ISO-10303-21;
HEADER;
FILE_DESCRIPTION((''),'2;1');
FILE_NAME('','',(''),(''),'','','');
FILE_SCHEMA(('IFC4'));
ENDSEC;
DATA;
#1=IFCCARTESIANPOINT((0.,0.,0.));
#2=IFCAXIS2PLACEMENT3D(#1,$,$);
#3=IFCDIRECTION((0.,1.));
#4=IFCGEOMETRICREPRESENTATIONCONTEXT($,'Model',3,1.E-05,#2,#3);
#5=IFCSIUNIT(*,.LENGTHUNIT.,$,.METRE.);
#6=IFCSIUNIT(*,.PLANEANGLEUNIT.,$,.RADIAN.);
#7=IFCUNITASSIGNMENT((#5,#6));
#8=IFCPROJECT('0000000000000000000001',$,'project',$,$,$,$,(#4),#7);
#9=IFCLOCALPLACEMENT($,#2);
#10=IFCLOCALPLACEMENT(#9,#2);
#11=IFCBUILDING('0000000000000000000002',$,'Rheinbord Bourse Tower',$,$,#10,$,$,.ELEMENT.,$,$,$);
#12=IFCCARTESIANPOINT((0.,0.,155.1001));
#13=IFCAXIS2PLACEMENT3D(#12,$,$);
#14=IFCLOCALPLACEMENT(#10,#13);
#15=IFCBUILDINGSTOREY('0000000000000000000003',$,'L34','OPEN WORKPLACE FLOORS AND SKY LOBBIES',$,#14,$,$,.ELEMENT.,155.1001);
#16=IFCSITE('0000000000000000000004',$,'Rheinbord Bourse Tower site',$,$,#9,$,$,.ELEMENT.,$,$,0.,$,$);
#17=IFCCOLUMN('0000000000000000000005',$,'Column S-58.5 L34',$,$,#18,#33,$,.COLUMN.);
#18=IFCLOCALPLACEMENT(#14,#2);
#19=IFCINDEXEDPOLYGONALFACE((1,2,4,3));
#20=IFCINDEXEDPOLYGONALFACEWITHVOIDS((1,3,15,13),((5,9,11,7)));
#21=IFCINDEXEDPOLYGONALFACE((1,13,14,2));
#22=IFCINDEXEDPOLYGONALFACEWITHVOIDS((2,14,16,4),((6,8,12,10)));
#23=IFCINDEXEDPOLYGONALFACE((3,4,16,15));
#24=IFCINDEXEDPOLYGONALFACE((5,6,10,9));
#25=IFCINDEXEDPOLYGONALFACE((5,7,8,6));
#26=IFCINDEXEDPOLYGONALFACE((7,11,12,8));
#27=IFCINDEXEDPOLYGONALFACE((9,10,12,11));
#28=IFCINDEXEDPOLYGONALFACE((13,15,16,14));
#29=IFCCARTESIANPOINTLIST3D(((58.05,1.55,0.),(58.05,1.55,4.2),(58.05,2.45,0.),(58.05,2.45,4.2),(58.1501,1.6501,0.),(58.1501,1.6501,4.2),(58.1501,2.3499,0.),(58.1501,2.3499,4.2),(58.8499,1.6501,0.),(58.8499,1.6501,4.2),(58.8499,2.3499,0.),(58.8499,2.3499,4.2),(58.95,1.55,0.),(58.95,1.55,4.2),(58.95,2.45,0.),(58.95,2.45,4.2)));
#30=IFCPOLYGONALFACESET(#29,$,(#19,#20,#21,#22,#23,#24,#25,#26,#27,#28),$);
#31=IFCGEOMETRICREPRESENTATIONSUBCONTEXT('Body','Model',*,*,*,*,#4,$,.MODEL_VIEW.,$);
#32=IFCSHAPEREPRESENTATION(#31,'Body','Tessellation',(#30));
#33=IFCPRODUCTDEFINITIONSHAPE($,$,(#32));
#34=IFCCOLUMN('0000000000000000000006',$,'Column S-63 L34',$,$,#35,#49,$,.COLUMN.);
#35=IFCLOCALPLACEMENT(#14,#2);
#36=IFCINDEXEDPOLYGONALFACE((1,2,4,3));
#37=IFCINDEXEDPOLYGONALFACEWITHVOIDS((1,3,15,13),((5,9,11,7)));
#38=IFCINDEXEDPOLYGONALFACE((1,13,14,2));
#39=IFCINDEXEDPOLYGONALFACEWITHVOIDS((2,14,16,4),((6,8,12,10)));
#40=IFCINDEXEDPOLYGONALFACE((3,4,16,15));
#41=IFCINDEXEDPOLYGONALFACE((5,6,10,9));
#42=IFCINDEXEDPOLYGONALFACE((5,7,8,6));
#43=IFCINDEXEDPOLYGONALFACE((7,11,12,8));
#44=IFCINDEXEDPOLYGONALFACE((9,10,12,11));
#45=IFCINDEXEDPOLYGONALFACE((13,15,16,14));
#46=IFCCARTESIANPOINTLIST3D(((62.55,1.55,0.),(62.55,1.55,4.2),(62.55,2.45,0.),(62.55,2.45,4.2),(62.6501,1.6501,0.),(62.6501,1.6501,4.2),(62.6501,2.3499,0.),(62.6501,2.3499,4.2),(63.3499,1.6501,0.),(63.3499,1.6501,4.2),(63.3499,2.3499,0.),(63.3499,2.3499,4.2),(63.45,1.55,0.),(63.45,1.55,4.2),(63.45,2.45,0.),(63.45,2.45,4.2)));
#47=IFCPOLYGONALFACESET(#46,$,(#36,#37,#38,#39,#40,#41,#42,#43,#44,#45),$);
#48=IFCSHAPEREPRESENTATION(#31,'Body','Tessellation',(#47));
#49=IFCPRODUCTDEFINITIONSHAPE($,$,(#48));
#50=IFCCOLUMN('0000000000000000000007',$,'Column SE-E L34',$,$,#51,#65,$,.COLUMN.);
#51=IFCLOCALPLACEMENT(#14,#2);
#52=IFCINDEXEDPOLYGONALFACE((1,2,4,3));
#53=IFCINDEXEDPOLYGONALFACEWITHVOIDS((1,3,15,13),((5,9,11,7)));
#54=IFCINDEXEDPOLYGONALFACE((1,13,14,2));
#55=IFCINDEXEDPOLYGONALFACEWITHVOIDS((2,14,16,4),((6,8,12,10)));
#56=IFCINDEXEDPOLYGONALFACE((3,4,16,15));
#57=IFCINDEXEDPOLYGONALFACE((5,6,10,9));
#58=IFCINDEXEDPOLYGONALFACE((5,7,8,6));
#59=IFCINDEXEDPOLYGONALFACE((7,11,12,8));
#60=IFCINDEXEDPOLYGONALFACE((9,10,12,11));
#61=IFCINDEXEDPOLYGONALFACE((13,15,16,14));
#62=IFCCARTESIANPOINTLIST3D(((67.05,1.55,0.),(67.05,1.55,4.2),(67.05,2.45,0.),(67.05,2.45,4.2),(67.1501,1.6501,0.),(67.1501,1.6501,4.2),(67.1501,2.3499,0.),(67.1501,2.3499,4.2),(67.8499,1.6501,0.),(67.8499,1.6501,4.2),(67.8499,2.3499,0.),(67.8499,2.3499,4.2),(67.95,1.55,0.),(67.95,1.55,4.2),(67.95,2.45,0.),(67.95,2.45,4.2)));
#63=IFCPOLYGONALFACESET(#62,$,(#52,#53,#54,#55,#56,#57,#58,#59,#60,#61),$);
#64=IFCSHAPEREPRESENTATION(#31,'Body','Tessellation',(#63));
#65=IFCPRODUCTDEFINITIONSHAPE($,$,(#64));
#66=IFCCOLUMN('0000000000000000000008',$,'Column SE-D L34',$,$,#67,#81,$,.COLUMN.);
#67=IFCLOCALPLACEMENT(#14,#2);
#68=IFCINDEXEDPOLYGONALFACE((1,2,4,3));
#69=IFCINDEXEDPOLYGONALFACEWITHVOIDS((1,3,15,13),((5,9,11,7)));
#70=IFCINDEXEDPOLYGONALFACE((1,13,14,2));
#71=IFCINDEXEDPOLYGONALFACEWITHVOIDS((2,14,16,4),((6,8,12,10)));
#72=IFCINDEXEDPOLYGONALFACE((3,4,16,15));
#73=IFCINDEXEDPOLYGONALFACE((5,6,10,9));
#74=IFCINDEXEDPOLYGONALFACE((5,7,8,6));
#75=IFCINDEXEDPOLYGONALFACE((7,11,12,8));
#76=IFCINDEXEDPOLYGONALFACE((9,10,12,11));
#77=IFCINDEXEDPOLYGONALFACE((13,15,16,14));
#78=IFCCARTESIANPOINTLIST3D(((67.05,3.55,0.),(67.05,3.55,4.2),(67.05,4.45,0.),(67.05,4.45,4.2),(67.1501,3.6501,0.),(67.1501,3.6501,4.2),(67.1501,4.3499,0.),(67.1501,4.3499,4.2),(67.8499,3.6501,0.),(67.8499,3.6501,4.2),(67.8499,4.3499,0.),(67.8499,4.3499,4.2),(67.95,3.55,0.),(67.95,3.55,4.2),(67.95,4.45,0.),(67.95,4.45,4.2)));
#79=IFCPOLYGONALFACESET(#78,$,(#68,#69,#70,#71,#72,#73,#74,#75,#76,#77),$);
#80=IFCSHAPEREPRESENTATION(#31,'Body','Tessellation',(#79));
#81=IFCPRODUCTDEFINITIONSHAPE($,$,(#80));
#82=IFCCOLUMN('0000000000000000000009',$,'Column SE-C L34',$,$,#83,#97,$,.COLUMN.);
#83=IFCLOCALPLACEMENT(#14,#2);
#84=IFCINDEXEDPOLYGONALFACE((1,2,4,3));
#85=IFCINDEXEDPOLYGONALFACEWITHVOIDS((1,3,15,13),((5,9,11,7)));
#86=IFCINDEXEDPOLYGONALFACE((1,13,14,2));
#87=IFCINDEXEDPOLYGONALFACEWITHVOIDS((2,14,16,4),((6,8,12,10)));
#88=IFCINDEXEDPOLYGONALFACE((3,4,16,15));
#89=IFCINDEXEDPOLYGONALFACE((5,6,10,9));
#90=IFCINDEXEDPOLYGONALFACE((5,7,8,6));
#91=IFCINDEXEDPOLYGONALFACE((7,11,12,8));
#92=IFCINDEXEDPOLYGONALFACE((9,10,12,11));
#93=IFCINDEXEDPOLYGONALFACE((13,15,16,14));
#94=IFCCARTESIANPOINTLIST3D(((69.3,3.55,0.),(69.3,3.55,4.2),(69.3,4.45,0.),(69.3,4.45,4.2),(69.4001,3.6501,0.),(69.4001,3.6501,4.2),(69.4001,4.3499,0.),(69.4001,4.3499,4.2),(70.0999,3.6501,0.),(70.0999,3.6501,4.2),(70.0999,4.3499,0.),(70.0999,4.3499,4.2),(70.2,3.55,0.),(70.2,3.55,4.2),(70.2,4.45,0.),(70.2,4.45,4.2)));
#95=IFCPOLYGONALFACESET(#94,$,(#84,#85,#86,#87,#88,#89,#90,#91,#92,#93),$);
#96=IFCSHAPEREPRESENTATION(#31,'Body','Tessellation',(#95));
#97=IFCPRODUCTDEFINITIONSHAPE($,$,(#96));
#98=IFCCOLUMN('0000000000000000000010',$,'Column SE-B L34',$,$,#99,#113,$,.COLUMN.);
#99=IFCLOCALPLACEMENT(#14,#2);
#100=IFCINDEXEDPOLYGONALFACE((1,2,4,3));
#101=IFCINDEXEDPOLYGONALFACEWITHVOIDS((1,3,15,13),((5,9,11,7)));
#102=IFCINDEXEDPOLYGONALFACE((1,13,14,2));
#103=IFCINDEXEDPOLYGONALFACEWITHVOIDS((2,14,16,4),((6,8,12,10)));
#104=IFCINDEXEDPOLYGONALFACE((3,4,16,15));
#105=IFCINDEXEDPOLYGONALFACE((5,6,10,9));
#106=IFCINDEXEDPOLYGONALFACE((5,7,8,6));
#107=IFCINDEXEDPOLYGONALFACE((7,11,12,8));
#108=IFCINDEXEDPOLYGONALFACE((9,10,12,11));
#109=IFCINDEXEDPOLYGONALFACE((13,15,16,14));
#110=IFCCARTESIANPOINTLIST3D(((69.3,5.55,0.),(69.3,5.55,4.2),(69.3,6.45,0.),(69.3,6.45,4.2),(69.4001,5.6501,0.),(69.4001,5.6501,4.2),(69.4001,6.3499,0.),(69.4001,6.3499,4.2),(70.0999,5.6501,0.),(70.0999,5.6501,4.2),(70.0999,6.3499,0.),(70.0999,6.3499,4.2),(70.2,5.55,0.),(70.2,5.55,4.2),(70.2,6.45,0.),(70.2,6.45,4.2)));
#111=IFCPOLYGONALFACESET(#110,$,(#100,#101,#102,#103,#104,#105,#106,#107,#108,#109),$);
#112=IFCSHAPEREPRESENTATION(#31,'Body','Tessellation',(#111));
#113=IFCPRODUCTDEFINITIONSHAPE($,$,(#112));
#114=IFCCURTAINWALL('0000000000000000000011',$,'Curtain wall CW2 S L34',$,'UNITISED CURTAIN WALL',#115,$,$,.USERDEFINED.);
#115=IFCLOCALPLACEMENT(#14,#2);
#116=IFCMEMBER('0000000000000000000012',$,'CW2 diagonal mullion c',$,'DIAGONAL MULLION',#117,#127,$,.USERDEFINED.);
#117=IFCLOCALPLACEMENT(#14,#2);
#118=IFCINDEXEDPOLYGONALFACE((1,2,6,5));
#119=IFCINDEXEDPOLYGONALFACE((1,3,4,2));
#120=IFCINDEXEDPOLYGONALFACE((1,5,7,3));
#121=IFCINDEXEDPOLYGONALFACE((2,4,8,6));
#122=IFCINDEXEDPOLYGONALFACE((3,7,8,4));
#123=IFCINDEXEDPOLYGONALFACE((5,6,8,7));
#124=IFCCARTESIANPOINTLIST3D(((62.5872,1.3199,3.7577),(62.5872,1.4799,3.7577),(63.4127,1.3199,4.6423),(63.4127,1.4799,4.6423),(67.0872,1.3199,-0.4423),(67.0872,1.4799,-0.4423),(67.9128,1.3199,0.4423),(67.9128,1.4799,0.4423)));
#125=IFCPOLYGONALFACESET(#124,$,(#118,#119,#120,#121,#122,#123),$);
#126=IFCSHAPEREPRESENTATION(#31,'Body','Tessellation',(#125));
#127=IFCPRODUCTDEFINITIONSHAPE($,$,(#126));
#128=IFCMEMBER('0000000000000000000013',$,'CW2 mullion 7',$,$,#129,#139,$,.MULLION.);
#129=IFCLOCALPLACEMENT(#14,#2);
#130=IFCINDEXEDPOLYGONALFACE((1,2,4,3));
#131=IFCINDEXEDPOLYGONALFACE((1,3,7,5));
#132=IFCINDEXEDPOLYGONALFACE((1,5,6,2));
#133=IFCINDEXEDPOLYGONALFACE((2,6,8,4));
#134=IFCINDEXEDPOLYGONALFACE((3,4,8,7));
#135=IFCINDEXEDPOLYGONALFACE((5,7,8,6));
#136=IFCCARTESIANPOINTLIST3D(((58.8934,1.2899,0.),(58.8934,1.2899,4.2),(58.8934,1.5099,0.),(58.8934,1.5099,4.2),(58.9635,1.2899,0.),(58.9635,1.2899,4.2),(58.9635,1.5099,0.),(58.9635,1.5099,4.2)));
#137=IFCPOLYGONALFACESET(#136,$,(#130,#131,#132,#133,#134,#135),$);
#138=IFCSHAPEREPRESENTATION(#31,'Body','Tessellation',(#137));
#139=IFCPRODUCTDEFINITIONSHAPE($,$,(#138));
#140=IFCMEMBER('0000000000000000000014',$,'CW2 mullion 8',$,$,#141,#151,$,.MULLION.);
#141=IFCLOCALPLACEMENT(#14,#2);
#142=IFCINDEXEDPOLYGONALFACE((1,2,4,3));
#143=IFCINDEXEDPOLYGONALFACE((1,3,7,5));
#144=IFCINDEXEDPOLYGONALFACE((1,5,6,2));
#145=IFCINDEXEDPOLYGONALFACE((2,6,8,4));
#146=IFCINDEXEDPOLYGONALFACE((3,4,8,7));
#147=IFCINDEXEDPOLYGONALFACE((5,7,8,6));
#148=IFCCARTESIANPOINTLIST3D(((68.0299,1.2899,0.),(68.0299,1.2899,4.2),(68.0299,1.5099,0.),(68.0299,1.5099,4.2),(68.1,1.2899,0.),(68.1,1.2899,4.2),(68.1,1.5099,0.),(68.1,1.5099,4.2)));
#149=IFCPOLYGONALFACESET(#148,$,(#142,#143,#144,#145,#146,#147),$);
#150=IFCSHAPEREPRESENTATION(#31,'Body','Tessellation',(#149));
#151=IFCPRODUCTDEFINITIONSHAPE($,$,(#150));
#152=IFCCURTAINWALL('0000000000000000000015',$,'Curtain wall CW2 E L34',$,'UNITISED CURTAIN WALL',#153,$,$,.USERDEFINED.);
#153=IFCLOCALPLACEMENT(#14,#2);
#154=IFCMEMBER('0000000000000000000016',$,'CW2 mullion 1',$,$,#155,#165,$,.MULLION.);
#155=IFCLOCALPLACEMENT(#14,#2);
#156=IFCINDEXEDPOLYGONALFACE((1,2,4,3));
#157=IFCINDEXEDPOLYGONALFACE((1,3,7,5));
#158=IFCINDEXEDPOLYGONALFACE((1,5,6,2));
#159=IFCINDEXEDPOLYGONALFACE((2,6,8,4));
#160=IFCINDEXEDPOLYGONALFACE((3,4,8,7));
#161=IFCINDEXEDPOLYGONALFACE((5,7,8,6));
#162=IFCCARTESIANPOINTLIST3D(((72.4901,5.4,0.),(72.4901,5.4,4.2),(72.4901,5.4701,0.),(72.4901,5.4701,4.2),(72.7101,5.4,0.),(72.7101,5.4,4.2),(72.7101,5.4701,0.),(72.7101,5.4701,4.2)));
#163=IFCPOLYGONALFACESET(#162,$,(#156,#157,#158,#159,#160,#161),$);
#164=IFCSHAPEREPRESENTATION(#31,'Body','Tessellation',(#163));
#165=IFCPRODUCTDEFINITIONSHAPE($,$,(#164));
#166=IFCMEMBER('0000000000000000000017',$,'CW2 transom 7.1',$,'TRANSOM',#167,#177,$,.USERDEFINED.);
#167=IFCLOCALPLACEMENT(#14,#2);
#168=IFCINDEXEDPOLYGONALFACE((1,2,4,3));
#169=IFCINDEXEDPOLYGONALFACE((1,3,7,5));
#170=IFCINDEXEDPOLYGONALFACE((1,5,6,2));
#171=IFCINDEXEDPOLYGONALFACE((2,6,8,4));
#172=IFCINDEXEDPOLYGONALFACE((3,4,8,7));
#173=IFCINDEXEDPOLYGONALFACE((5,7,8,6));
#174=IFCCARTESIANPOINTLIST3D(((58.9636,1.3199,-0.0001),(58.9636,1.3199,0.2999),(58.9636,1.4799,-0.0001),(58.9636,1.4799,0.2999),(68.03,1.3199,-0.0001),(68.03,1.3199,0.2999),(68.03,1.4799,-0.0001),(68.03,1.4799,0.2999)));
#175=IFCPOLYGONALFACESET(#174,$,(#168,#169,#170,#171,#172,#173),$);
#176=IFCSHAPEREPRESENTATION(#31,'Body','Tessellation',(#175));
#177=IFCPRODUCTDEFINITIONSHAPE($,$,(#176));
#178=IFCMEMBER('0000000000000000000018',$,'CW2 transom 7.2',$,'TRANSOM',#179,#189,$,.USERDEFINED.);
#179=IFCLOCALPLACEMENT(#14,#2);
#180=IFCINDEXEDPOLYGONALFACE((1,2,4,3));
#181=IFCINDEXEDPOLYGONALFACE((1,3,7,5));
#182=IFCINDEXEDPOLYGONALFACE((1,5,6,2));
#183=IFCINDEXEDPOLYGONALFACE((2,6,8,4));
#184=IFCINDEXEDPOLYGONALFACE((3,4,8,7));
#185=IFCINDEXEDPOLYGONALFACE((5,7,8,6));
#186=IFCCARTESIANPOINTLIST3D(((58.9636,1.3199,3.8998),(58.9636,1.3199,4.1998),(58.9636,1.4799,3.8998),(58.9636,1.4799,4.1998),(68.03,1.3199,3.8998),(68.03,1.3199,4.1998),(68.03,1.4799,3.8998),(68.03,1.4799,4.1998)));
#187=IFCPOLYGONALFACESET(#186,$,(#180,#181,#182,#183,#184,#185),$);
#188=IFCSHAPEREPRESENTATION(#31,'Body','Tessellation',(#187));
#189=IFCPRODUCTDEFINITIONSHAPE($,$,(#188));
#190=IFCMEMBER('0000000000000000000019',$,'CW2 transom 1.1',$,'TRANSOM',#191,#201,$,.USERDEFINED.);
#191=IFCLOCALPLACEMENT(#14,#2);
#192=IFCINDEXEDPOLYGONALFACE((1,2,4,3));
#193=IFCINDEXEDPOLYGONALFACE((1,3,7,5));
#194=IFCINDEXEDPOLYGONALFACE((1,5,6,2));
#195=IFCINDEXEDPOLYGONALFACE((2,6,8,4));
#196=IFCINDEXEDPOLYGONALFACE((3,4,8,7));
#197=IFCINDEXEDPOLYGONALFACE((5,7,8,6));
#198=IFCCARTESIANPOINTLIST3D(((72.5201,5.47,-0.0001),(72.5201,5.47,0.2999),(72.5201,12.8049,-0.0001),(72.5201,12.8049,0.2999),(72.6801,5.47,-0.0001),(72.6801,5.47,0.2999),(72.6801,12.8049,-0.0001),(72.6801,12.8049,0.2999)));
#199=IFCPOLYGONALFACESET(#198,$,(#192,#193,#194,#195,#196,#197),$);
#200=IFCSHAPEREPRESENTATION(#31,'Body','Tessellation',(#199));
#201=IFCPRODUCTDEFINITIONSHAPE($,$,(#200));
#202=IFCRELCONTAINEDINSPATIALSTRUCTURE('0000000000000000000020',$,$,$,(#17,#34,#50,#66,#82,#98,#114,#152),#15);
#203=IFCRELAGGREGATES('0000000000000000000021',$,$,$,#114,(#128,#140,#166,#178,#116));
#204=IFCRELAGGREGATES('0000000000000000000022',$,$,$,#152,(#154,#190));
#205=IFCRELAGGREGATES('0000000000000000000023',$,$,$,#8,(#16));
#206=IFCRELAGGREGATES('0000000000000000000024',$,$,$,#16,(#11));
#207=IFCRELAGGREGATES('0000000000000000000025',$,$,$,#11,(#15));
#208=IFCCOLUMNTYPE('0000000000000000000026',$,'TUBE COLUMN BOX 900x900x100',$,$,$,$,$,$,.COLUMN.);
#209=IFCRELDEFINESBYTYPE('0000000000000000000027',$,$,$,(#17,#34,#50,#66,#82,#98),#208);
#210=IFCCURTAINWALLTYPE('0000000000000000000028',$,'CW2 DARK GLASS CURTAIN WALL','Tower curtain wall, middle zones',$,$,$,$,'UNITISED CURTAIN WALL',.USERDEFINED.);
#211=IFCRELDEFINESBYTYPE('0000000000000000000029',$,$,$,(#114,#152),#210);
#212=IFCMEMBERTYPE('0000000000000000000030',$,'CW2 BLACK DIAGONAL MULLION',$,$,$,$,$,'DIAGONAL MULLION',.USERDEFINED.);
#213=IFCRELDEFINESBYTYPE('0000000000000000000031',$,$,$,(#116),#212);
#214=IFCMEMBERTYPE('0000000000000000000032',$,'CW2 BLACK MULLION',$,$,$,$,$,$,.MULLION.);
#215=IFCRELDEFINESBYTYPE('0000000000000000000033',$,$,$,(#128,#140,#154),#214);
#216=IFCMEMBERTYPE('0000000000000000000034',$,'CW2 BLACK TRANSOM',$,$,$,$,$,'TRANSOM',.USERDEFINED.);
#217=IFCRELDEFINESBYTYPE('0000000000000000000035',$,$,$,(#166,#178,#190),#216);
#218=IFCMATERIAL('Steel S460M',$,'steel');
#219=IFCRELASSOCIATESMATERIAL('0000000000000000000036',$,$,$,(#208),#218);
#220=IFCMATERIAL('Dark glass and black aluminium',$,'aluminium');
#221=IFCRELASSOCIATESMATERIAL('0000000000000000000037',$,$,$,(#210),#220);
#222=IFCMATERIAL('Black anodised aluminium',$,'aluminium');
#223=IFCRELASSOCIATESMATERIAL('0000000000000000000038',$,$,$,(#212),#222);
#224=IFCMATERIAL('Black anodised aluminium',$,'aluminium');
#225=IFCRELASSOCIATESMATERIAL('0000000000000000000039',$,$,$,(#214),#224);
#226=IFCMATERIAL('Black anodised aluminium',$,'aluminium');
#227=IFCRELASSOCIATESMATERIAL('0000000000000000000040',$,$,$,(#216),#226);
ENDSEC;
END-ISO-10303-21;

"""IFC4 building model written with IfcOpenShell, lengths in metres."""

from ifc_helpers import new_model, si_unit, direction, frame, origin, origin_2d, place, context, subcontext, project, spatial, rectangle, hollow_rectangle, extrude, material, material_profile, profile_set, type_object, element, aggregate, save


model = new_model("IFC4")

# Units and contexts
model_context = context("Model", 3, precision=1e-05, world=origin(), true_north=direction((0.0, 1.0)))
body_context = subcontext(model_context, "Body", "Model", "MODEL_VIEW")
ifc_project = project(units=[si_unit("LENGTHUNIT", "METRE"), si_unit("PLANEANGLEUNIT", "RADIAN")], contexts=[model_context])

# Site, building, storey
site_placement = place(None, origin())
site = spatial("IfcSite", under=ifc_project, at=site_placement, Name="Rheinbord Bourse Tower site", CompositionType="ELEMENT", RefElevation=0.0)
building_placement = place(site_placement, origin())
building = spatial("IfcBuilding", under=site, at=building_placement, Name="Rheinbord Bourse Tower", CompositionType="ELEMENT")
storey_placement = place(building_placement, frame((0.0, 0.0, 155.1001)))
storey = spatial("IfcBuildingStorey", under=building, at=storey_placement, Name="L34", Description="OPEN WORKPLACE FLOORS AND SKY LOBBIES", CompositionType="ELEMENT", Elevation=155.1001)

# Columns
ifc_material_1 = material(Name="Steel S460M", Category="steel")
ifc_material_profile_1 = material_profile(ifc_material_1, hollow_rectangle(XDim=0.8999, YDim=0.8999, WallThickness=0.1001, at=origin_2d()), Name="BOX 900x900x100")
ifc_profile_set_1 = profile_set([ifc_material_profile_1], Name="Steel S460M")
column_type = type_object("IfcColumnType", Name="TUBE COLUMN BOX 900x900x100", PredefinedType="COLUMN", material=ifc_profile_set_1)
for number, where, z_axis, x_axis, name in (
    (1, (58.5, 2.0, 0.0), (0.0, 0.0, 1.0), (0.0, 1.0, 0.0), "Column S-58.5 L34"),
    (2, (63.0, 2.0, 0.0), (0.0, 0.0, 1.0), (0.0, 1.0, 0.0), "Column S-63 L34"),
    (3, (67.5, 2.0, 0.0), (0.0, 0.0, 1.0), (0.0, 1.0, 0.0), "Column SE-E L34"),
    (4, (67.5, 4.0, 0.0), (0.0, 0.0, 1.0), (0.0, 1.0, 0.0), "Column SE-D L34"),
    (5, (69.75, 4.0, 0.0), (0.0, 0.0, 1.0), (1.0, 0.0, 0.0), "Column SE-C L34"),
    (6, (69.75, 6.0, 0.0), (0.0, 0.0, 1.0), (1.0, 0.0, 0.0), "Column SE-B L34"),
):
    element("IfcColumn", number, at=place(storey_placement, frame(where, z_axis=z_axis, x_axis=x_axis)), inside=storey, type_object=column_type, Name=name, PredefinedType="COLUMN", context=body_context, shape_type="SweptSolid", body=[
        extrude(hollow_rectangle(XDim=0.8999, YDim=0.8999, WallThickness=0.1001, at=origin_2d()), origin(), (0.0, 0.0, 1.0), 4.2),
    ])

# Curtain wall, members
ifc_material_2 = material(Name="Dark glass and black aluminium", Category="aluminium")
curtain_wall_type = type_object("IfcCurtainWallType", Name="CW2 DARK GLASS CURTAIN WALL", Description="Tower curtain wall, middle zones", ElementType="UNITISED CURTAIN WALL", PredefinedType="USERDEFINED", material=ifc_material_2)
curtain_wall_1_placement = place(storey_placement, origin())
curtain_wall_1 = element("IfcCurtainWall", 7, at=curtain_wall_1_placement, inside=storey, type_object=curtain_wall_type, Name="Curtain wall CW2 S L34", ObjectType="UNITISED CURTAIN WALL", PredefinedType="USERDEFINED")
ifc_material_3 = material(Name="Black anodised aluminium", Category="aluminium")
ifc_material_profile_2 = material_profile(ifc_material_3, rectangle(XDim=0.1599, YDim=1.21, at=origin_2d()), Name="CW2 DIAGONAL MULLION 1210x160")
ifc_profile_set_2 = profile_set([ifc_material_profile_2], Name="Black anodised aluminium")
member_type_1 = type_object("IfcMemberType", Name="CW2 BLACK DIAGONAL MULLION", ElementType="DIAGONAL MULLION", PredefinedType="USERDEFINED", material=ifc_profile_set_2)
member_1_placement = place(storey_placement, frame((67.5, 1.3999, 0.0), z_axis=(-0.731059, 0.0, 0.682314), x_axis=(0.0, -1.0, 0.0)))
member_1 = element("IfcMember", 8, at=member_1_placement, type_object=member_type_1, Name="CW2 diagonal mullion c", ObjectType="DIAGONAL MULLION", PredefinedType="USERDEFINED", context=body_context, shape_type="SweptSolid", body=[
    extrude(rectangle(XDim=0.1599, YDim=1.21, at=origin_2d()), origin(), (0.0, 0.0, 1.0), 6.1555),
])
ifc_material_4 = material(Name="Black anodised aluminium", Category="aluminium")
ifc_material_profile_3 = material_profile(ifc_material_4, rectangle(XDim=0.22, YDim=0.0701, at=origin_2d()), Name="CW2 MULLION 70x220")
ifc_profile_set_3 = profile_set([ifc_material_profile_3], Name="Black anodised aluminium")
member_type_2 = type_object("IfcMemberType", Name="CW2 BLACK MULLION", PredefinedType="MULLION", material=ifc_profile_set_3)
member_2_placement = place(storey_placement, frame((58.9285, 1.3999, 0.0), z_axis=(0.0, 0.0, 1.0), x_axis=(0.0, 1.0, 0.0)))
member_2 = element("IfcMember", 9, at=member_2_placement, type_object=member_type_2, Name="CW2 mullion 7", PredefinedType="MULLION", context=body_context, shape_type="SweptSolid", body=[
    extrude(rectangle(XDim=0.22, YDim=0.0701, at=origin_2d()), origin(), (0.0, 0.0, 1.0), 4.2),
])
member_3_placement = place(storey_placement, frame((68.0649, 1.3999, 0.0), z_axis=(0.0, 0.0, 1.0), x_axis=(0.0, 1.0, 0.0)))
member_3 = element("IfcMember", 10, at=member_3_placement, type_object=member_type_2, Name="CW2 mullion 8", PredefinedType="MULLION", context=body_context, shape_type="SweptSolid", body=[
    extrude(rectangle(XDim=0.22, YDim=0.0701, at=origin_2d()), origin(), (0.0, 0.0, 1.0), 4.2),
])

# Curtain wall, member
curtain_wall_2_placement = place(storey_placement, origin())
curtain_wall_2 = element("IfcCurtainWall", 11, at=curtain_wall_2_placement, inside=storey, type_object=curtain_wall_type, Name="Curtain wall CW2 E L34", ObjectType="UNITISED CURTAIN WALL", PredefinedType="USERDEFINED")
member_4_placement = place(storey_placement, frame((72.6001, 5.4351, 0.0), z_axis=(0.0, 0.0, 1.0), x_axis=(-1.0, 0.0, 0.0)))
member_4 = element("IfcMember", 12, at=member_4_placement, type_object=member_type_2, Name="CW2 mullion 1", PredefinedType="MULLION", context=body_context, shape_type="SweptSolid", body=[
    extrude(rectangle(XDim=0.22, YDim=0.0701, at=origin_2d()), origin(), (0.0, 0.0, 1.0), 4.2),
])

# Members
ifc_material_5 = material(Name="Black anodised aluminium", Category="aluminium")
ifc_material_profile_4 = material_profile(ifc_material_5, rectangle(XDim=0.1599, YDim=0.3, at=origin_2d()), Name="CW2 TRANSOM 300x160")
ifc_profile_set_4 = profile_set([ifc_material_profile_4], Name="Black anodised aluminium")
member_type_3 = type_object("IfcMemberType", Name="CW2 BLACK TRANSOM", ElementType="TRANSOM", PredefinedType="USERDEFINED", material=ifc_profile_set_4)
member_5_placement = place(storey_placement, frame((58.9636, 1.3999, 0.1499), z_axis=(1.0, 0.0, 0.0), x_axis=(0.0, 1.0, 0.0)))
member_5 = element("IfcMember", 13, at=member_5_placement, type_object=member_type_3, Name="CW2 transom 7.1", ObjectType="TRANSOM", PredefinedType="USERDEFINED", context=body_context, shape_type="SweptSolid", body=[
    extrude(rectangle(XDim=0.1599, YDim=0.3, at=origin_2d()), origin(), (0.0, 0.0, 1.0), 9.0664),
])
member_6_placement = place(storey_placement, frame((58.9636, 1.3999, 4.0498), z_axis=(1.0, 0.0, 0.0), x_axis=(0.0, 1.0, 0.0)))
member_6 = element("IfcMember", 14, at=member_6_placement, type_object=member_type_3, Name="CW2 transom 7.2", ObjectType="TRANSOM", PredefinedType="USERDEFINED", context=body_context, shape_type="SweptSolid", body=[
    extrude(rectangle(XDim=0.1599, YDim=0.3, at=origin_2d()), origin(), (0.0, 0.0, 1.0), 9.0664),
])
member_7_placement = place(storey_placement, frame((72.6001, 5.47, 0.1499), z_axis=(0.0, 1.0, 0.0), x_axis=(-1.0, 0.0, 0.0)))
member_7 = element("IfcMember", 15, at=member_7_placement, type_object=member_type_3, Name="CW2 transom 1.1", ObjectType="TRANSOM", PredefinedType="USERDEFINED", context=body_context, shape_type="SweptSolid", body=[
    extrude(rectangle(XDim=0.1599, YDim=0.3, at=origin_2d()), origin(), (0.0, 0.0, 1.0), 7.335),
])

aggregate(curtain_wall_1, [member_2, member_3, member_5, member_6, member_1])
aggregate(curtain_wall_2, [member_4, member_7])

save(model, "model.ifc")
